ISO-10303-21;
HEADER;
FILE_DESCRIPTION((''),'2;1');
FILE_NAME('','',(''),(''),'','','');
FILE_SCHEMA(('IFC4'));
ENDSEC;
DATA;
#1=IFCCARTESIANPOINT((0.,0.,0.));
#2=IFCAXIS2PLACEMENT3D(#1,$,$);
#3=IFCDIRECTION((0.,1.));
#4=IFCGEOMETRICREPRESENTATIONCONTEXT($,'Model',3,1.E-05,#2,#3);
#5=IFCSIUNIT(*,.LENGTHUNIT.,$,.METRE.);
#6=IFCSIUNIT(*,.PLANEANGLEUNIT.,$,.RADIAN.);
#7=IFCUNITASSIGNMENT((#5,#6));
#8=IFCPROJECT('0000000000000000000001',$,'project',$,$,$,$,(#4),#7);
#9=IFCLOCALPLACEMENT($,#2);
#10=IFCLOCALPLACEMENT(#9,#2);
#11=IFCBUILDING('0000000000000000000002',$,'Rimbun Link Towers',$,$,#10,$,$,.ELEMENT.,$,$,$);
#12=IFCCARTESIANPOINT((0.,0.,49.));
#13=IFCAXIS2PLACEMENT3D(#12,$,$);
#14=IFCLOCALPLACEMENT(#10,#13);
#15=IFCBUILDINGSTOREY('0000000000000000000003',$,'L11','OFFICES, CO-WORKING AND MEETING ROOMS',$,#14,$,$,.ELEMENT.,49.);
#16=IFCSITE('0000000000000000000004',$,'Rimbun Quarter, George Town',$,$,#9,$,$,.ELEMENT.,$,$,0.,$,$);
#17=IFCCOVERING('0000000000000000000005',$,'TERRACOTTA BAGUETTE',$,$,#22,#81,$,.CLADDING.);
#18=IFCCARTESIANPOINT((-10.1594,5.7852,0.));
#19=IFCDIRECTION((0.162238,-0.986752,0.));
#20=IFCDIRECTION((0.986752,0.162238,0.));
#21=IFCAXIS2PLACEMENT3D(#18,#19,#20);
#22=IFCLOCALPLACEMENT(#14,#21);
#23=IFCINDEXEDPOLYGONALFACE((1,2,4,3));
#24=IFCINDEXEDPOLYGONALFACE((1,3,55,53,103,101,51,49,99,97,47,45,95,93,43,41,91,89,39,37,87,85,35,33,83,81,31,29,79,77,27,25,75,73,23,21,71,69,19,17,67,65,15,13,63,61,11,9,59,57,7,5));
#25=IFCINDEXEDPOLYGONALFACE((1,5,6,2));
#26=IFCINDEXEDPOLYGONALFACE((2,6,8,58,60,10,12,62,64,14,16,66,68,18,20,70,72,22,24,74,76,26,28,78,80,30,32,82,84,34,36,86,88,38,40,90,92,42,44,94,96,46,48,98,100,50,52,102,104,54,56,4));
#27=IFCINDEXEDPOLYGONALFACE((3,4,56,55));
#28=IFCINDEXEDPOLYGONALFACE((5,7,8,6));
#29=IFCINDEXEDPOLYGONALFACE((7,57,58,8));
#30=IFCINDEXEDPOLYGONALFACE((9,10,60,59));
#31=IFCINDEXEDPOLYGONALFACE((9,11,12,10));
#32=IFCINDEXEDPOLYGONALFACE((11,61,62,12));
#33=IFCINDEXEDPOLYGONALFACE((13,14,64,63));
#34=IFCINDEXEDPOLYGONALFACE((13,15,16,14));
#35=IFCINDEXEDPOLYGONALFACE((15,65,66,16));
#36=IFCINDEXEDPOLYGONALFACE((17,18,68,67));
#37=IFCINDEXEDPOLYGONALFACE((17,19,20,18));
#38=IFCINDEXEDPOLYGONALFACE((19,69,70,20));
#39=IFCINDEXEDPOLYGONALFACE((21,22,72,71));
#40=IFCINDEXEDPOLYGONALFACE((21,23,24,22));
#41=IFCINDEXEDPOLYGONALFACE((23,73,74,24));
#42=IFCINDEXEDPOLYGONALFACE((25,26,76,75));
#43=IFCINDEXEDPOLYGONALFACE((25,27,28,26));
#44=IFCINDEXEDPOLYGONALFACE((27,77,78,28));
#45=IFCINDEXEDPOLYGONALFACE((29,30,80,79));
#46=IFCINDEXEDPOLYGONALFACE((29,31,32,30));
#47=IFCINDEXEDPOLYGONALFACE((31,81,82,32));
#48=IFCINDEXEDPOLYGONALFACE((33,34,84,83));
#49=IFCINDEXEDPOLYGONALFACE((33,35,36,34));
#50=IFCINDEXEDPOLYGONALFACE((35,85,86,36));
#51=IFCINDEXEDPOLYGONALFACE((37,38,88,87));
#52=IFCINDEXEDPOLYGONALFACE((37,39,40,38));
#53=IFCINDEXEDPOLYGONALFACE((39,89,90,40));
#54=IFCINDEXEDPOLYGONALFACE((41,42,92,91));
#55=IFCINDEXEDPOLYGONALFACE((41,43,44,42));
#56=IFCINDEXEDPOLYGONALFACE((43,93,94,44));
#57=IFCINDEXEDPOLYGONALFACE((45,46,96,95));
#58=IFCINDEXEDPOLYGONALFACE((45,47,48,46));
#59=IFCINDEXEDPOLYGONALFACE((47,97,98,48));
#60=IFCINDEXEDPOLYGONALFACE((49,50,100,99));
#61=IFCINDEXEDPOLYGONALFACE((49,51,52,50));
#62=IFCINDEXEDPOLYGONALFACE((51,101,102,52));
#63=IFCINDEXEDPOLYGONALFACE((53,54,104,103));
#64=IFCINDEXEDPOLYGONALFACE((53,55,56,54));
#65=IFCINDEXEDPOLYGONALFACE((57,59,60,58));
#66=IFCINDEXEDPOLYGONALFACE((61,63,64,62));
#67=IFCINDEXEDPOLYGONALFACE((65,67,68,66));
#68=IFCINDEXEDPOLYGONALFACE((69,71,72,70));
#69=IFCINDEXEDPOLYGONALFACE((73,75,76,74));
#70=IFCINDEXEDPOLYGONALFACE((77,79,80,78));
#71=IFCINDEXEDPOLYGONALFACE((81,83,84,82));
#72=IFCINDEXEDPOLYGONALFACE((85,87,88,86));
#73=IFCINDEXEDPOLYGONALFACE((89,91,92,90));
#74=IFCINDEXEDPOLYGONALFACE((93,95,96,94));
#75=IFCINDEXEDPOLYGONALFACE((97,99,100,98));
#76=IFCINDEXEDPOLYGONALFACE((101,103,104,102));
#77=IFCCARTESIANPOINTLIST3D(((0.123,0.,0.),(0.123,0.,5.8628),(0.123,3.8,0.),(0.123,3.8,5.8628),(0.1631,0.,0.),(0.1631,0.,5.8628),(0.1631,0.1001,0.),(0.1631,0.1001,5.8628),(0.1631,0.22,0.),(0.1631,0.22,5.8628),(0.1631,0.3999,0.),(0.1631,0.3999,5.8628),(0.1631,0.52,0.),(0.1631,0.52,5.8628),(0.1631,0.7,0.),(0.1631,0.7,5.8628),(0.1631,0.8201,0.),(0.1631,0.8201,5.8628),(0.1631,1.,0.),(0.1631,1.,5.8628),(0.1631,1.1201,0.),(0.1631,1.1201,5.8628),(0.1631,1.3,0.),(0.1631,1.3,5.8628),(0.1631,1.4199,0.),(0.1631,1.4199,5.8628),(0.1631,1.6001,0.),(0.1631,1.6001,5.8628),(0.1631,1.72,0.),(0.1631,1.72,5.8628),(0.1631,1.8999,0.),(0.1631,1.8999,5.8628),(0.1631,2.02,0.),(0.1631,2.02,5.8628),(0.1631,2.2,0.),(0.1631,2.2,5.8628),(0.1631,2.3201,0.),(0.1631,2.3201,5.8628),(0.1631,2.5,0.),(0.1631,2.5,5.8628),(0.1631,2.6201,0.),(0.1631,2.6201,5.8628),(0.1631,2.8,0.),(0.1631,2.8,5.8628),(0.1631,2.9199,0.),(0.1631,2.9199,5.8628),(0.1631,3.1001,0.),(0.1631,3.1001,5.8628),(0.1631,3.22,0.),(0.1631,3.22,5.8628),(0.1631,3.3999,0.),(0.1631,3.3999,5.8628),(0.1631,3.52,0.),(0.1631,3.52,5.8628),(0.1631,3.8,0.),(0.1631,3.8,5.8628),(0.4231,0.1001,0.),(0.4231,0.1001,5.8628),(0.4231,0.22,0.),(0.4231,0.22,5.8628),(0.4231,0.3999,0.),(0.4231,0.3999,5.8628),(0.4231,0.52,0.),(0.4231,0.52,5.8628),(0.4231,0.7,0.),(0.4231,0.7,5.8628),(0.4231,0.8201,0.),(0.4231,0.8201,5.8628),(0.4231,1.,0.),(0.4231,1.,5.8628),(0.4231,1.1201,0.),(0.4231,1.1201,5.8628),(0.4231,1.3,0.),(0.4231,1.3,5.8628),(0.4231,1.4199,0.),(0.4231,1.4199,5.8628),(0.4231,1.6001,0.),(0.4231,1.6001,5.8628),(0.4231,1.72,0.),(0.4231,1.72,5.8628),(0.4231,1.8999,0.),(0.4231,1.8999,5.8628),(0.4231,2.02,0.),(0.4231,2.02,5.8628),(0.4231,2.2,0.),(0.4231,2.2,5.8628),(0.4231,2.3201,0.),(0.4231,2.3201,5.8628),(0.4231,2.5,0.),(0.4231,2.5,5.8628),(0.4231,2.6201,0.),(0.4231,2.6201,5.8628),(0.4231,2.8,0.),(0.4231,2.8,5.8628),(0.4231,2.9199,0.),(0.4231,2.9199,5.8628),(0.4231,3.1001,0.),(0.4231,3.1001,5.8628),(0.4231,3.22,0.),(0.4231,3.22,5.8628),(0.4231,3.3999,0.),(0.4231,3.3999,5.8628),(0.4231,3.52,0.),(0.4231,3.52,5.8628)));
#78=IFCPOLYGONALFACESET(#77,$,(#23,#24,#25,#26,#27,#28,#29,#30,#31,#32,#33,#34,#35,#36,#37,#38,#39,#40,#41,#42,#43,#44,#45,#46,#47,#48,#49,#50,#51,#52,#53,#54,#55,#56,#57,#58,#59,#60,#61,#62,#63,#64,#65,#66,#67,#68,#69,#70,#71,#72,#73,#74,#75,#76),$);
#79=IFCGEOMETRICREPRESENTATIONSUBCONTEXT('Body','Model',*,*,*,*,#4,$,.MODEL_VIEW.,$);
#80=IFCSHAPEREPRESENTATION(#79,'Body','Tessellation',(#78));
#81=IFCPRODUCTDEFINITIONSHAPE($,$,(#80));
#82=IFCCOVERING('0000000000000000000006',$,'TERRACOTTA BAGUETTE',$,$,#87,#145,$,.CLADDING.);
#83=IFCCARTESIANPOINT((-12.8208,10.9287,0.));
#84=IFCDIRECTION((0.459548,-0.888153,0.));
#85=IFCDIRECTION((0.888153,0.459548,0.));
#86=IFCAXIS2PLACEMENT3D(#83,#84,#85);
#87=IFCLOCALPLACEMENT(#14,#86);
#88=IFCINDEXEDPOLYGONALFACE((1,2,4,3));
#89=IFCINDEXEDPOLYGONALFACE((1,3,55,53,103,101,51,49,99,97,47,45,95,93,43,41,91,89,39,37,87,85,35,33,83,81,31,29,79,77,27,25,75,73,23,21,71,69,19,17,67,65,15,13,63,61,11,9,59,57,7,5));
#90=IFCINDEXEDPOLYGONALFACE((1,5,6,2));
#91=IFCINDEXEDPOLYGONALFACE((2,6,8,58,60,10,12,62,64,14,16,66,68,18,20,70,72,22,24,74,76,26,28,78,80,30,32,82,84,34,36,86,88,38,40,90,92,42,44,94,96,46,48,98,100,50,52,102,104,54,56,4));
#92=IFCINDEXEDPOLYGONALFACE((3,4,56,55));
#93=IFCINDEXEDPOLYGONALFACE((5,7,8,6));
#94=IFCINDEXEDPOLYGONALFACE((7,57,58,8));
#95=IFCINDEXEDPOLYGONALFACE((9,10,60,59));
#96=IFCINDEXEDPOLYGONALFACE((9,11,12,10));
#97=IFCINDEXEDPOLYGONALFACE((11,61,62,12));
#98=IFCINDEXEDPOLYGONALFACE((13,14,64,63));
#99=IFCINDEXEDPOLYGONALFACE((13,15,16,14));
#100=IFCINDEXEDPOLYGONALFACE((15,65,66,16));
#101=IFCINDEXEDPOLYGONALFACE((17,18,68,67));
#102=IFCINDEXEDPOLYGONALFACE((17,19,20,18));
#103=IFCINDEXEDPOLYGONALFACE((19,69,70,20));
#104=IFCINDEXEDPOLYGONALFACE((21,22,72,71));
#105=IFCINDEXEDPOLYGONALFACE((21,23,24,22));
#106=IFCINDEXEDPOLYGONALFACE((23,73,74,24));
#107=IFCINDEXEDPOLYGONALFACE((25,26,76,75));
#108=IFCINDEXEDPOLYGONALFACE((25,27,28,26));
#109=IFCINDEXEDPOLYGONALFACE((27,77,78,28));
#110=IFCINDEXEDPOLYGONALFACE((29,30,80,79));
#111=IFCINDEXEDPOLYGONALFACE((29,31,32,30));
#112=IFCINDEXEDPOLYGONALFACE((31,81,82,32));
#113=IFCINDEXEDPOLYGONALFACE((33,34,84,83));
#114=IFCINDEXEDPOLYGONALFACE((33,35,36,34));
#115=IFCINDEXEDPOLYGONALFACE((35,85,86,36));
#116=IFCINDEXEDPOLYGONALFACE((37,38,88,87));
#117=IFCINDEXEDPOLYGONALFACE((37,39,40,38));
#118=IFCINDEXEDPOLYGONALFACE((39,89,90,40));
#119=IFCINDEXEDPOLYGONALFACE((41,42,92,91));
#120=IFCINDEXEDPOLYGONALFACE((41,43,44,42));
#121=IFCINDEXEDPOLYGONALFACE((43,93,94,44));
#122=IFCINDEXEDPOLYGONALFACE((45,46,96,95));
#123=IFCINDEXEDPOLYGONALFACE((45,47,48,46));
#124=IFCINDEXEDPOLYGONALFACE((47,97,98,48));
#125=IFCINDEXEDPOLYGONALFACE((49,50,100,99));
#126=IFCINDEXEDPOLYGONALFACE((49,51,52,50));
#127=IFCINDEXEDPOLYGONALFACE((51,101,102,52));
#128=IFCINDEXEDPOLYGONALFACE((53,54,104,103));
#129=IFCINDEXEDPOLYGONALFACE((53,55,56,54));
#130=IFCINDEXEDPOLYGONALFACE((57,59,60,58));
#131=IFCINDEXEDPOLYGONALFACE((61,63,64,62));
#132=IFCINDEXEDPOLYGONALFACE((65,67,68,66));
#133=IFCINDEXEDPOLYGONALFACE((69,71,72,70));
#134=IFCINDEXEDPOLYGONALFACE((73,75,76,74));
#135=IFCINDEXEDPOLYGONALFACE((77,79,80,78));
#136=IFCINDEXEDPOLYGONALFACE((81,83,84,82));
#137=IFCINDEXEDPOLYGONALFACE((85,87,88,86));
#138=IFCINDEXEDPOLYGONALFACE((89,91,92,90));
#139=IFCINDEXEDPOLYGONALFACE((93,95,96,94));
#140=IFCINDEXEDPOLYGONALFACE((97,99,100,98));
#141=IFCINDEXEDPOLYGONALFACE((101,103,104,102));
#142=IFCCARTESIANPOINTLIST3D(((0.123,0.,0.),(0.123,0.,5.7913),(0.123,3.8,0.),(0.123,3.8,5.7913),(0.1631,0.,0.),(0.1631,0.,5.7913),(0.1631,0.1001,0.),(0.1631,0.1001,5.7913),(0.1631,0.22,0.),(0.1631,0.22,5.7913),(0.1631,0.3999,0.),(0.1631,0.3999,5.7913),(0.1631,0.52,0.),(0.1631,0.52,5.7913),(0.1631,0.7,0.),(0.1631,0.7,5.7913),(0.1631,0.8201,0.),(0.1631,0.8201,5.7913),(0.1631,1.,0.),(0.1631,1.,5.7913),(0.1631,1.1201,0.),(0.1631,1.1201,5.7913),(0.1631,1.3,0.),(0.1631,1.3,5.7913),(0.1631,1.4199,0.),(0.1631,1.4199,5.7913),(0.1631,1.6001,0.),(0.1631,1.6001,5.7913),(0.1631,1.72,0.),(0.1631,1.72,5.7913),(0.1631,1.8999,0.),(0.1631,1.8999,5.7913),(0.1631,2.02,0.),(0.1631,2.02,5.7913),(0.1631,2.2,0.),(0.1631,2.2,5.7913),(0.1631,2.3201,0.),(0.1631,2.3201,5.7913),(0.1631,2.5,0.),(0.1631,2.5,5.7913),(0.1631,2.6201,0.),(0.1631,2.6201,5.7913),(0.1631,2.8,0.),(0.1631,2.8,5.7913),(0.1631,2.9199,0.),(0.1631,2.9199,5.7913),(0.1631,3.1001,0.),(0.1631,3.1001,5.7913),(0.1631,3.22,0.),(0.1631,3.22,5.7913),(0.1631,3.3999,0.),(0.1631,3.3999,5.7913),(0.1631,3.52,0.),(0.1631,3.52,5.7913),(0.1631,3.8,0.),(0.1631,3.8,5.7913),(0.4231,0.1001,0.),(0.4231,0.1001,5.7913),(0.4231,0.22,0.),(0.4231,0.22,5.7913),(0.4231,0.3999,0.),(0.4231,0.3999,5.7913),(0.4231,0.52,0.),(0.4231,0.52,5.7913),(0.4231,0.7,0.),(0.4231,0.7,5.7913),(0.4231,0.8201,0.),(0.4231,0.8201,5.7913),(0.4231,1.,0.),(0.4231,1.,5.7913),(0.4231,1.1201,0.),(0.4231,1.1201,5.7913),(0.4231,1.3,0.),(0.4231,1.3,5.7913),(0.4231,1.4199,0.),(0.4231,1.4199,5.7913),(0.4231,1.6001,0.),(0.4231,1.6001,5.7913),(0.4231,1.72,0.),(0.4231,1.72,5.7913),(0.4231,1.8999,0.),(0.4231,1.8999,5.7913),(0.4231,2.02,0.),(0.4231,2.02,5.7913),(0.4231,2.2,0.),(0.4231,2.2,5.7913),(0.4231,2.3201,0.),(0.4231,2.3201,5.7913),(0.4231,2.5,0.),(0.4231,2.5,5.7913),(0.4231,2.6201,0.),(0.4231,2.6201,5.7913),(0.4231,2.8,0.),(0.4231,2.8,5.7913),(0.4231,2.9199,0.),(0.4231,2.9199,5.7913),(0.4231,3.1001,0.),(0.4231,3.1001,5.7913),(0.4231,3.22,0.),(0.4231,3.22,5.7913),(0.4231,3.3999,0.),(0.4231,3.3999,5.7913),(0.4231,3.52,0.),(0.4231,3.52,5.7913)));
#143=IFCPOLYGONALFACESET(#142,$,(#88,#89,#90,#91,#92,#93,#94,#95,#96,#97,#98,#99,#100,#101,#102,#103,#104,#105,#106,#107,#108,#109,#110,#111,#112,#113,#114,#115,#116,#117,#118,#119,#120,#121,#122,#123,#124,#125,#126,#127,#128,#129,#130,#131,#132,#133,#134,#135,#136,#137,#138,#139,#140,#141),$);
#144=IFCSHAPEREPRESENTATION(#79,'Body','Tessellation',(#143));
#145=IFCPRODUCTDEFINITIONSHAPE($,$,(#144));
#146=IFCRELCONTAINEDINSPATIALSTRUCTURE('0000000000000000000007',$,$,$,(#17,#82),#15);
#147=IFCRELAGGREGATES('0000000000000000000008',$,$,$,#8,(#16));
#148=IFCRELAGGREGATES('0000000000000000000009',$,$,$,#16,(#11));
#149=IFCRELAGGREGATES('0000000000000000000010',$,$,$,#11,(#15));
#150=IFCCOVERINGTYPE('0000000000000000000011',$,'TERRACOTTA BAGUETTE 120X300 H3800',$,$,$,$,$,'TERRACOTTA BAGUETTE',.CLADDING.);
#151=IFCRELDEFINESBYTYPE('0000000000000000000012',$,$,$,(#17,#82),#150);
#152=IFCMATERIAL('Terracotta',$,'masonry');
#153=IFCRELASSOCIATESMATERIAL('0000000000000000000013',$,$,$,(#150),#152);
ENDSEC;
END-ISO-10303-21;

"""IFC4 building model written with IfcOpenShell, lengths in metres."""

from ifc_helpers import new_model, si_unit, direction, frame, origin, place, context, subcontext, project, spatial, polyline, outline, extrude, material, material_profile, profile_set, type_object, element, save


model = new_model("IFC4")

# Units and contexts
model_context = context("Model", 3, precision=1e-05, world=origin(), true_north=direction((0.0, 1.0)))
body_context = subcontext(model_context, "Body", "Model", "MODEL_VIEW")
ifc_project = project(units=[si_unit("LENGTHUNIT", "METRE"), si_unit("PLANEANGLEUNIT", "RADIAN")], contexts=[model_context])

# Site, building, storey
site_placement = place(None, origin())
site = spatial("IfcSite", under=ifc_project, at=site_placement, Name="Rimbun Quarter, George Town", CompositionType="ELEMENT", RefElevation=0.0)
building_placement = place(site_placement, origin())
building = spatial("IfcBuilding", under=site, at=building_placement, Name="Rimbun Link Towers", CompositionType="ELEMENT")
storey_placement = place(building_placement, frame((0.0, 0.0, 49.0)))
storey = spatial("IfcBuildingStorey", under=building, at=storey_placement, Name="L11", Description="OFFICES, CO-WORKING AND MEETING ROOMS", CompositionType="ELEMENT", Elevation=49.0)

# Coverings
ifc_material_1 = material(Name="Terracotta", Category="masonry")
ifc_material_profile_1 = material_profile(ifc_material_1, outline(polyline([(0.123, 0.0), (0.1631, 0.0), (0.1631, 0.1001), (0.4231, 0.1001), (0.4231, 0.22), (0.1631, 0.22), (0.1631, 0.3999), (0.4231, 0.3999), (0.4231, 0.52), (0.1631, 0.52), (0.1631, 0.7), (0.4231, 0.7), (0.4231, 0.8201), (0.1631, 0.8201), (0.1631, 1.0), (0.4231, 1.0), (0.4231, 1.1201), (0.1631, 1.1201), (0.1631, 1.3), (0.4231, 1.3), (0.4231, 1.4199), (0.1631, 1.4199), (0.1631, 1.6001), (0.4231, 1.6001), (0.4231, 1.72), (0.1631, 1.72), (0.1631, 1.8999), (0.4231, 1.8999), (0.4231, 2.02), (0.1631, 2.02), (0.1631, 2.2), (0.4231, 2.2), (0.4231, 2.3201), (0.1631, 2.3201), (0.1631, 2.5), (0.4231, 2.5), (0.4231, 2.6201), (0.1631, 2.6201), (0.1631, 2.8), (0.4231, 2.8), (0.4231, 2.9199), (0.1631, 2.9199), (0.1631, 3.1001), (0.4231, 3.1001), (0.4231, 3.22), (0.1631, 3.22), (0.1631, 3.3999), (0.4231, 3.3999), (0.4231, 3.52), (0.1631, 3.52), (0.1631, 3.8), (0.123, 3.8), (0.123, 0.0)])), Name="BAGUETTE 120X300")
ifc_profile_set_1 = profile_set([ifc_material_profile_1], Name="Terracotta")
covering_type = type_object("IfcCoveringType", Name="TERRACOTTA BAGUETTE 120X300 H3800", ElementType="TERRACOTTA BAGUETTE", PredefinedType="CLADDING", material=ifc_profile_set_1)
covering_1_placement = place(storey_placement, frame((-10.1594, 5.7852, 0.0), z_axis=(0.162238, -0.986752, 0.0), x_axis=(0.986752, 0.162238, 0.0)))
element("IfcCovering", 1, at=covering_1_placement, inside=storey, type_object=covering_type, Name="TERRACOTTA BAGUETTE", PredefinedType="CLADDING", context=body_context, shape_type="SweptSolid", body=[
    extrude(outline(polyline([(0.123, 0.0), (0.1631, 0.0), (0.1631, 0.1001), (0.4231, 0.1001), (0.4231, 0.22), (0.1631, 0.22), (0.1631, 0.3999), (0.4231, 0.3999), (0.4231, 0.52), (0.1631, 0.52), (0.1631, 0.7), (0.4231, 0.7), (0.4231, 0.8201), (0.1631, 0.8201), (0.1631, 1.0), (0.4231, 1.0), (0.4231, 1.1201), (0.1631, 1.1201), (0.1631, 1.3), (0.4231, 1.3), (0.4231, 1.4199), (0.1631, 1.4199), (0.1631, 1.6001), (0.4231, 1.6001), (0.4231, 1.72), (0.1631, 1.72), (0.1631, 1.8999), (0.4231, 1.8999), (0.4231, 2.02), (0.1631, 2.02), (0.1631, 2.2), (0.4231, 2.2), (0.4231, 2.3201), (0.1631, 2.3201), (0.1631, 2.5), (0.4231, 2.5), (0.4231, 2.6201), (0.1631, 2.6201), (0.1631, 2.8), (0.4231, 2.8), (0.4231, 2.9199), (0.1631, 2.9199), (0.1631, 3.1001), (0.4231, 3.1001), (0.4231, 3.22), (0.1631, 3.22), (0.1631, 3.3999), (0.4231, 3.3999), (0.4231, 3.52), (0.1631, 3.52), (0.1631, 3.8), (0.123, 3.8), (0.123, 0.0)])), origin(), (0.0, 0.0, 1.0), 5.8628),
])
covering_2_placement = place(storey_placement, frame((-12.8208, 10.9287, 0.0), z_axis=(0.459548, -0.888153, 0.0), x_axis=(0.888153, 0.459548, 0.0)))
element("IfcCovering", 2, at=covering_2_placement, inside=storey, type_object=covering_type, Name="TERRACOTTA BAGUETTE", PredefinedType="CLADDING", context=body_context, shape_type="SweptSolid", body=[
    extrude(outline(polyline([(0.123, 0.0), (0.1631, 0.0), (0.1631, 0.1001), (0.4231, 0.1001), (0.4231, 0.22), (0.1631, 0.22), (0.1631, 0.3999), (0.4231, 0.3999), (0.4231, 0.52), (0.1631, 0.52), (0.1631, 0.7), (0.4231, 0.7), (0.4231, 0.8201), (0.1631, 0.8201), (0.1631, 1.0), (0.4231, 1.0), (0.4231, 1.1201), (0.1631, 1.1201), (0.1631, 1.3), (0.4231, 1.3), (0.4231, 1.4199), (0.1631, 1.4199), (0.1631, 1.6001), (0.4231, 1.6001), (0.4231, 1.72), (0.1631, 1.72), (0.1631, 1.8999), (0.4231, 1.8999), (0.4231, 2.02), (0.1631, 2.02), (0.1631, 2.2), (0.4231, 2.2), (0.4231, 2.3201), (0.1631, 2.3201), (0.1631, 2.5), (0.4231, 2.5), (0.4231, 2.6201), (0.1631, 2.6201), (0.1631, 2.8), (0.4231, 2.8), (0.4231, 2.9199), (0.1631, 2.9199), (0.1631, 3.1001), (0.4231, 3.1001), (0.4231, 3.22), (0.1631, 3.22), (0.1631, 3.3999), (0.4231, 3.3999), (0.4231, 3.52), (0.1631, 3.52), (0.1631, 3.8), (0.123, 3.8), (0.123, 0.0)])), origin(), (0.0, 0.0, 1.0), 5.7913),
])

save(model, "model.ifc")
